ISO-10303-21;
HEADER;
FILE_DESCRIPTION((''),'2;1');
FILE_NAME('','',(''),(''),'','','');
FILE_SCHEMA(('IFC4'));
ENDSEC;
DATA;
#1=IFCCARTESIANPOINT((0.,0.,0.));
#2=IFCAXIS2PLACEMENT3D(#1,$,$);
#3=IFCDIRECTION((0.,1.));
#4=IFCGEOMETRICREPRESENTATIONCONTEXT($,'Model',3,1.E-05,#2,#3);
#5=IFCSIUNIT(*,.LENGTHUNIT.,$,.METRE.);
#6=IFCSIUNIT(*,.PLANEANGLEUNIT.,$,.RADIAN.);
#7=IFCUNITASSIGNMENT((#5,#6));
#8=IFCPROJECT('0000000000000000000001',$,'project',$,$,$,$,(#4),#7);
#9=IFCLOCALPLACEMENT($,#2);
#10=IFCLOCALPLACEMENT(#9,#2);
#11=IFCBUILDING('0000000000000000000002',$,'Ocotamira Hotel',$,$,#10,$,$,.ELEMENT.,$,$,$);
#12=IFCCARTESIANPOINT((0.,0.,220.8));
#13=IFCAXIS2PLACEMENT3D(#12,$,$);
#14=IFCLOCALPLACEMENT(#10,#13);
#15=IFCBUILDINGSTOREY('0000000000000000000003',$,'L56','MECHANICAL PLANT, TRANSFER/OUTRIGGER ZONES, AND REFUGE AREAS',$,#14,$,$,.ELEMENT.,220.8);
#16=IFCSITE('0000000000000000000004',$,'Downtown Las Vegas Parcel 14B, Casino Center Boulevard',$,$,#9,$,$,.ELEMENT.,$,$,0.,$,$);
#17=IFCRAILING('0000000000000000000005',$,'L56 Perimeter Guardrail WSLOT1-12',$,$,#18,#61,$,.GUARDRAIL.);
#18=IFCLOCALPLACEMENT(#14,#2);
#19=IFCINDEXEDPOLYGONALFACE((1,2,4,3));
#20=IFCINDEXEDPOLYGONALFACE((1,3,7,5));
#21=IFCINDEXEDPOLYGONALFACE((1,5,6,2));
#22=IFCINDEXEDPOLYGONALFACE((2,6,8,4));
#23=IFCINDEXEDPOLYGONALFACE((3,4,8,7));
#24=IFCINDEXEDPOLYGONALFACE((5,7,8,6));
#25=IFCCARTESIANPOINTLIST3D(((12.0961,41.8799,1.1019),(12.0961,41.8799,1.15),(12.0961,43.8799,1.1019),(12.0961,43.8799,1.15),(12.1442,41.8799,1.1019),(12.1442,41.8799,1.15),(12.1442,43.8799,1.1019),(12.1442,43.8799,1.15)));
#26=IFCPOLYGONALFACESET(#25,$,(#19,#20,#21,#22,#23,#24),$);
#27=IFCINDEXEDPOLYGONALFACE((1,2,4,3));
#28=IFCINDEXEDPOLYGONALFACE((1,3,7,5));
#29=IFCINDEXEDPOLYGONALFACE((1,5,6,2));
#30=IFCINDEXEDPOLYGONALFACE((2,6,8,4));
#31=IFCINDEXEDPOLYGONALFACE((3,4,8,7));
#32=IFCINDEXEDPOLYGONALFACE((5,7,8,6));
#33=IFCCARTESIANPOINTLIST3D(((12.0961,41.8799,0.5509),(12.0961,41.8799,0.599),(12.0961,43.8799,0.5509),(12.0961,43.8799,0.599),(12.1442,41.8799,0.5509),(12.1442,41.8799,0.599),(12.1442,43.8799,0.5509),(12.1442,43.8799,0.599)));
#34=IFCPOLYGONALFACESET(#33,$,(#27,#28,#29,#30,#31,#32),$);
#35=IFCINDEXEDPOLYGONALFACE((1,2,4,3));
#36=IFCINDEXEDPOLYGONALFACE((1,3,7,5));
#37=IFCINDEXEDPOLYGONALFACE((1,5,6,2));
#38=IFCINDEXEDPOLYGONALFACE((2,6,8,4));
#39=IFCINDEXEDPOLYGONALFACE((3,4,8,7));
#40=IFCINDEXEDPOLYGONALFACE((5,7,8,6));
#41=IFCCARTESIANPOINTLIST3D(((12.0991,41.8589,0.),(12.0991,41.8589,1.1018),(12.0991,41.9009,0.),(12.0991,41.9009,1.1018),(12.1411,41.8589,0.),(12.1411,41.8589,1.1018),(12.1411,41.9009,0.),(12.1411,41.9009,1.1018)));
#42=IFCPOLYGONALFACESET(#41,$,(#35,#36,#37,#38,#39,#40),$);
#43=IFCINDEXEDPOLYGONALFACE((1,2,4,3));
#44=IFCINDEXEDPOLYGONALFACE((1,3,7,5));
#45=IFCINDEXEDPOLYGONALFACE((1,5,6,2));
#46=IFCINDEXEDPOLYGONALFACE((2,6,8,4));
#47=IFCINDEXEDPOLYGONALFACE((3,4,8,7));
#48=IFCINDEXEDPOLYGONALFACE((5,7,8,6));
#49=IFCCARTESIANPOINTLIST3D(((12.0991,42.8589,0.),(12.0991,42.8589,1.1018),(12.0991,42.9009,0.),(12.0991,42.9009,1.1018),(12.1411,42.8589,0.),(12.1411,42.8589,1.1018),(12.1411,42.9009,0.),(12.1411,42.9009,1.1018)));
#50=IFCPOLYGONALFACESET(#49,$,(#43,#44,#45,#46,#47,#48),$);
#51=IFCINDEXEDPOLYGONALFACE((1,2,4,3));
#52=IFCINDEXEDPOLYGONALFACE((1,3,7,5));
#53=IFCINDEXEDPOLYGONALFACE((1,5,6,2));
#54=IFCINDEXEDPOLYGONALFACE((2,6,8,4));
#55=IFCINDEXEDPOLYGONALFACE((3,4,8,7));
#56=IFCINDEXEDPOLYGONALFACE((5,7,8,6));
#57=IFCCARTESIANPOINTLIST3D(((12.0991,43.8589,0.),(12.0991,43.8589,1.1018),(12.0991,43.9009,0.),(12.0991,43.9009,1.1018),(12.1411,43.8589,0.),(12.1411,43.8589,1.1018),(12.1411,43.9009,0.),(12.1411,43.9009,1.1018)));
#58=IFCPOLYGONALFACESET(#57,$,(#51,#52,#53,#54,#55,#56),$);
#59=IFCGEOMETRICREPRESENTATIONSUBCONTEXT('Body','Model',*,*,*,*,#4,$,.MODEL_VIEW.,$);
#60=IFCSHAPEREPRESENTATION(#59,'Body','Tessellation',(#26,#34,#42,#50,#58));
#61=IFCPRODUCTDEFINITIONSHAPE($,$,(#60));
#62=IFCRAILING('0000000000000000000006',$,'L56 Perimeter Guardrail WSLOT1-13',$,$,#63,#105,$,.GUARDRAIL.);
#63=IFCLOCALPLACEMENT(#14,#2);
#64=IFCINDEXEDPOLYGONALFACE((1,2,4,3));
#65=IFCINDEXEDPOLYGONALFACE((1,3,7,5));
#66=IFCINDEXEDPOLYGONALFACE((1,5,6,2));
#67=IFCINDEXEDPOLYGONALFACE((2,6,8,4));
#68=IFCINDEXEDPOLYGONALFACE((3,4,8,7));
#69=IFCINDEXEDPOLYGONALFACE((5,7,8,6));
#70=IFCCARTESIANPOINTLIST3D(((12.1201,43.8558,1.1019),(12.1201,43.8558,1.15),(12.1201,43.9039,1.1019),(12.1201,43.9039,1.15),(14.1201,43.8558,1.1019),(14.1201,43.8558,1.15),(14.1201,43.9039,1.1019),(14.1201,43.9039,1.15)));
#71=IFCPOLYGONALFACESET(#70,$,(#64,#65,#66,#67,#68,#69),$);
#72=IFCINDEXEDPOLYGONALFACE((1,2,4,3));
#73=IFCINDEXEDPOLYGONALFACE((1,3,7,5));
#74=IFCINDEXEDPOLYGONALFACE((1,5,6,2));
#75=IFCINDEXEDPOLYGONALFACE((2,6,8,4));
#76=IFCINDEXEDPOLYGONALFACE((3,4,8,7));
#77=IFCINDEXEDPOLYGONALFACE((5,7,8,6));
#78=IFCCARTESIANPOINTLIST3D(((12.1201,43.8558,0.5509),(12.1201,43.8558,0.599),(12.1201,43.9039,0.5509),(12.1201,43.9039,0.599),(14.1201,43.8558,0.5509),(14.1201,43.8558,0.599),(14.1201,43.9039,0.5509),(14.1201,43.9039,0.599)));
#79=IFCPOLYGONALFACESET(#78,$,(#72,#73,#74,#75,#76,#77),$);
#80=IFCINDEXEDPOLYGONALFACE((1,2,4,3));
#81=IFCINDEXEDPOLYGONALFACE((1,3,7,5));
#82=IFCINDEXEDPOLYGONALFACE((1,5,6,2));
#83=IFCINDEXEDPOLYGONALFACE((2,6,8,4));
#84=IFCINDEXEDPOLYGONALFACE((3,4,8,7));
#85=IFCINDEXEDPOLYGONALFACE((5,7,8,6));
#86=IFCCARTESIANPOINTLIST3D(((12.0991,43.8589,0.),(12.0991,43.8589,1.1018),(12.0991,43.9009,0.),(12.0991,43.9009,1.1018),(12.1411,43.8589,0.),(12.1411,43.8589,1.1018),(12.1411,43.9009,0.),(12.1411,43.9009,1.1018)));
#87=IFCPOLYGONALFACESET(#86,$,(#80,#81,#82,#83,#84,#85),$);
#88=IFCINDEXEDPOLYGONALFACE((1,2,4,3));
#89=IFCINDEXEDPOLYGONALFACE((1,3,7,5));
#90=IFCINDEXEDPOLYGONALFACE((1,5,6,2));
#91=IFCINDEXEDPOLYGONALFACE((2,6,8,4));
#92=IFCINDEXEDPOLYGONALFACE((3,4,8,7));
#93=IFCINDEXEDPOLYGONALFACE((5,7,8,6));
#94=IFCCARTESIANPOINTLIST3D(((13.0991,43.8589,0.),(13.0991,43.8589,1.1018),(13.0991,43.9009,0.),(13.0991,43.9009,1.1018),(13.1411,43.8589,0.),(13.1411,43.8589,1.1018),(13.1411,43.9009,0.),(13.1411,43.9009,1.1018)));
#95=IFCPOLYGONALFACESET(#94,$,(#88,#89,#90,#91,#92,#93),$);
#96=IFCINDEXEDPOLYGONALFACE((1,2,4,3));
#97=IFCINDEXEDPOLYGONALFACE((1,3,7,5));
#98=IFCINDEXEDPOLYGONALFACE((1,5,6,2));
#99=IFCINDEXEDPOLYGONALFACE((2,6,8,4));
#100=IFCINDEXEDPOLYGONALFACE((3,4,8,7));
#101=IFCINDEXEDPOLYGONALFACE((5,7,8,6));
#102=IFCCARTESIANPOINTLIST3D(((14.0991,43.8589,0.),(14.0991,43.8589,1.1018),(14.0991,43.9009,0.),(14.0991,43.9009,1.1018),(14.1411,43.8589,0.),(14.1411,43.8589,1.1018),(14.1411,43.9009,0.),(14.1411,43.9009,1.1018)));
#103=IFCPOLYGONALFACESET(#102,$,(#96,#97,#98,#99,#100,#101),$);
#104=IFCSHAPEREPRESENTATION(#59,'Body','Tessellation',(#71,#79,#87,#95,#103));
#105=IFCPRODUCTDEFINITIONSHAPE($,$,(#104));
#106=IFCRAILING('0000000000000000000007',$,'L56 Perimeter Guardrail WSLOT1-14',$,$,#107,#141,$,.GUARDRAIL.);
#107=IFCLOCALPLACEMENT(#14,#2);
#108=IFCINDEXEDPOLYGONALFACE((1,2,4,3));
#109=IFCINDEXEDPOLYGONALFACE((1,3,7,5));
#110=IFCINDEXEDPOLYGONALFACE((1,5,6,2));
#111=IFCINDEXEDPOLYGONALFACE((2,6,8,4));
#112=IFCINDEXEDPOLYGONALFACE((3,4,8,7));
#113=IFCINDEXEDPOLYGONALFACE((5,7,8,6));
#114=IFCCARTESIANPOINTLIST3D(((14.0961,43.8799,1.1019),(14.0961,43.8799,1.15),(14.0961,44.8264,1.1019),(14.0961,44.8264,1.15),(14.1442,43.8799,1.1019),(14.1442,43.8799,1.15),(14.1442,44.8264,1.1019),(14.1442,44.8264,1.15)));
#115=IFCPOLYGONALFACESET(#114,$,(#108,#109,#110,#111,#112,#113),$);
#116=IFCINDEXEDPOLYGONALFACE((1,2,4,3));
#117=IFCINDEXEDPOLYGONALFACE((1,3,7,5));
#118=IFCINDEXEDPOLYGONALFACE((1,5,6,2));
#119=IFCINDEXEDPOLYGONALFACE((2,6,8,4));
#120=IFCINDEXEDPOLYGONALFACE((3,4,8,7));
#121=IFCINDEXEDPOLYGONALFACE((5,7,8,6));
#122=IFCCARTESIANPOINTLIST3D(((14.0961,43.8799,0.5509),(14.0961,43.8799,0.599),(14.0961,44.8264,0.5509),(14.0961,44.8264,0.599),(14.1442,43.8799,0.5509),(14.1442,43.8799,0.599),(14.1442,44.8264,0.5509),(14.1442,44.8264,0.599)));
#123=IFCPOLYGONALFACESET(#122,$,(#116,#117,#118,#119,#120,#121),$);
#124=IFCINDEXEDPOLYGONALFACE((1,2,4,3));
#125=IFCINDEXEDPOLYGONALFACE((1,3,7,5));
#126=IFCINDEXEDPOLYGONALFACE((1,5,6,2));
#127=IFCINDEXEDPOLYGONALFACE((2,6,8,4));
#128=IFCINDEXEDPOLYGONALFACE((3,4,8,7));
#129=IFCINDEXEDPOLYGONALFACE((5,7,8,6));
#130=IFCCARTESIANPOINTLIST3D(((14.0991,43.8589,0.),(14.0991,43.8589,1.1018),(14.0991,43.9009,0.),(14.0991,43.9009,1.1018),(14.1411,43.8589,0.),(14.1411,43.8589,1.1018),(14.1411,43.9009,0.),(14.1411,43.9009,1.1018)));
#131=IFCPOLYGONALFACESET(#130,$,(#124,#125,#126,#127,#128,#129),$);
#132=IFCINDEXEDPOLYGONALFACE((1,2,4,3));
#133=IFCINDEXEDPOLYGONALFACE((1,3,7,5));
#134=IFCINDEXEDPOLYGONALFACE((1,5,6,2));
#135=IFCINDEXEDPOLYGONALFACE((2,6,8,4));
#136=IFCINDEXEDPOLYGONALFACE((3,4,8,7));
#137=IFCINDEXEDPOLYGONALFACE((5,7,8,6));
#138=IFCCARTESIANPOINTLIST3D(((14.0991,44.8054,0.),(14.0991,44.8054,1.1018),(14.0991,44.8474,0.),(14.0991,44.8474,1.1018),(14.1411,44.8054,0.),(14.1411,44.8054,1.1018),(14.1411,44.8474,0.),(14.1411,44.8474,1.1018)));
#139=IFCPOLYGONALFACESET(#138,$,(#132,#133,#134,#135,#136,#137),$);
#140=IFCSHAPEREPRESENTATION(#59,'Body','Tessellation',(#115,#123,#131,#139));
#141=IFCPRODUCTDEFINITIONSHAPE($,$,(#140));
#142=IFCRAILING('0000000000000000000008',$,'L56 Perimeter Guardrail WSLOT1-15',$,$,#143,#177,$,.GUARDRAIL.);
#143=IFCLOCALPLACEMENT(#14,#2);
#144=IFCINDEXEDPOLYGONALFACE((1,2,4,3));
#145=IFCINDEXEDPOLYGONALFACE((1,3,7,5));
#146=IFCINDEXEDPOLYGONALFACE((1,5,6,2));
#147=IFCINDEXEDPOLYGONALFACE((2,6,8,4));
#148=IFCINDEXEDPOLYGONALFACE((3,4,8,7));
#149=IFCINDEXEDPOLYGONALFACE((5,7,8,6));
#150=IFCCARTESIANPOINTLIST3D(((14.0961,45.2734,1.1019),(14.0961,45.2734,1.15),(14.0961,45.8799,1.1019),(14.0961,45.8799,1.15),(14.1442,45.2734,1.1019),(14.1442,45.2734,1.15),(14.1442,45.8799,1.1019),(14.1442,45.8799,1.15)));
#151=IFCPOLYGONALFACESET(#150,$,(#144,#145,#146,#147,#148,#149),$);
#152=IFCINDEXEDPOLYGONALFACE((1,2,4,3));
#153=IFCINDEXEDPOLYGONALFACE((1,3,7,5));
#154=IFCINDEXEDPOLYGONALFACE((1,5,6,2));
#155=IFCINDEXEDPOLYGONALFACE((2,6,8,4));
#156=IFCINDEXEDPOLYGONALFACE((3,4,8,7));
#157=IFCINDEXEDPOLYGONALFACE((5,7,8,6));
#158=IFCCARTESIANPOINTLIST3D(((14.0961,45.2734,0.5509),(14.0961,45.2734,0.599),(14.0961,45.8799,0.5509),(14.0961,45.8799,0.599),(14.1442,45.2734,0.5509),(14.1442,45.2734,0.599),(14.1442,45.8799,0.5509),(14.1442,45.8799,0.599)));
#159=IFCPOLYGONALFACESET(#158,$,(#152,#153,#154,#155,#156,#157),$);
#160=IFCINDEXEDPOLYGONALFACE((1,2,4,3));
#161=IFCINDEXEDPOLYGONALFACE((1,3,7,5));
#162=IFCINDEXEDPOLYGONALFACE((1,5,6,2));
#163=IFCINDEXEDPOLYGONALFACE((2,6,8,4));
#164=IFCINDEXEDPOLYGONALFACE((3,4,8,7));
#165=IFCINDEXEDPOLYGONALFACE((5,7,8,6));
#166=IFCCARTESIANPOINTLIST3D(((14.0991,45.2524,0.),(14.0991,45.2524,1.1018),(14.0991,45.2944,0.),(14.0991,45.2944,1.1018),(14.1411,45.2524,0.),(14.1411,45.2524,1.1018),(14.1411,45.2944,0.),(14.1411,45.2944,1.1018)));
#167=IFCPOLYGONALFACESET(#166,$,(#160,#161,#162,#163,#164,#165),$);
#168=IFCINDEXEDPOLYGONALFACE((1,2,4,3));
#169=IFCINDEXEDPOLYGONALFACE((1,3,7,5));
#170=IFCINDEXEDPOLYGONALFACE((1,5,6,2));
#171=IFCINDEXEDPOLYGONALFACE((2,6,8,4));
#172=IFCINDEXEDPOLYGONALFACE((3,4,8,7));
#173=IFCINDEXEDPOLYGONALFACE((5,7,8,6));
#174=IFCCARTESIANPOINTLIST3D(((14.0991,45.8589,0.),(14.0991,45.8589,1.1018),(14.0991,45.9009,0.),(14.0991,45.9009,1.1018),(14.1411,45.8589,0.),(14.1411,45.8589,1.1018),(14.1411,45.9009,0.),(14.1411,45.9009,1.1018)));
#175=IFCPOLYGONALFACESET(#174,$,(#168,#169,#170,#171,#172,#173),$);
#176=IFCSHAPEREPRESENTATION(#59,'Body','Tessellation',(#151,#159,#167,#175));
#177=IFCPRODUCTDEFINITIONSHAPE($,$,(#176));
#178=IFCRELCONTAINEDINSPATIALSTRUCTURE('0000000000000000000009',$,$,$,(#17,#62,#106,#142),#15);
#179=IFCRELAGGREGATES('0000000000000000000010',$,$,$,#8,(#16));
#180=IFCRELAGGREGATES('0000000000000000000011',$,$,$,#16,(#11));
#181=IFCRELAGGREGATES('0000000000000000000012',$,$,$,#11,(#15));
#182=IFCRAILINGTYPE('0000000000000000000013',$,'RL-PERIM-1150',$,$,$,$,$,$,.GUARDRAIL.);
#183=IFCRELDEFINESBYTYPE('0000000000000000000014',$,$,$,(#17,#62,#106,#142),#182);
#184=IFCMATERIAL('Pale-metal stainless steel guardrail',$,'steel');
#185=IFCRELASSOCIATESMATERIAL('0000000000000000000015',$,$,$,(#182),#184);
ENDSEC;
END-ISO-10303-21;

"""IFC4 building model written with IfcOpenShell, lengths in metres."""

from ifc_helpers import new_model, si_unit, direction, frame, origin, origin_2d, place, context, subcontext, project, spatial, rectangle, extrude, material, type_object, element, save


model = new_model("IFC4")

# Units and contexts
model_context = context("Model", 3, precision=1e-05, world=origin(), true_north=direction((0.0, 1.0)))
body_context = subcontext(model_context, "Body", "Model", "MODEL_VIEW")
ifc_project = project(units=[si_unit("LENGTHUNIT", "METRE"), si_unit("PLANEANGLEUNIT", "RADIAN")], contexts=[model_context])

# Site, building, storey
site_placement = place(None, origin())
site = spatial("IfcSite", under=ifc_project, at=site_placement, Name="Downtown Las Vegas Parcel 14B, Casino Center Boulevard", CompositionType="ELEMENT", RefElevation=0.0)
building_placement = place(site_placement, origin())
building = spatial("IfcBuilding", under=site, at=building_placement, Name="Ocotamira Hotel", CompositionType="ELEMENT")
storey_placement = place(building_placement, frame((0.0, 0.0, 220.8)))
storey = spatial("IfcBuildingStorey", under=building, at=storey_placement, Name="L56", Description="MECHANICAL PLANT, TRANSFER/OUTRIGGER ZONES, AND REFUGE AREAS", CompositionType="ELEMENT", Elevation=220.8)

# Railings
ifc_material_1 = material(Name="Pale-metal stainless steel guardrail", Category="steel")
railing_type = type_object("IfcRailingType", Name="RL-PERIM-1150", PredefinedType="GUARDRAIL", material=ifc_material_1)
railing_1_placement = place(storey_placement, frame((12.1201, 41.8799, 0.0)))
element("IfcRailing", 1, at=railing_1_placement, inside=storey, type_object=railing_type, Name="L56 Perimeter Guardrail WSLOT1-12", PredefinedType="GUARDRAIL", context=body_context, shape_type="SweptSolid", body=[
    extrude(rectangle(XDim=0.0481, YDim=0.0481, at=origin_2d()), frame((0.0, 0.0, 1.126), z_axis=(0.0, 1.0, 0.0), x_axis=(-1.0, 0.0, 0.0)), (0.0, 0.0, 1.0), 2.0),
    extrude(rectangle(XDim=0.0481, YDim=0.0481, at=origin_2d()), frame((0.0, 0.0, 0.575), z_axis=(0.0, 1.0, 0.0), x_axis=(-1.0, 0.0, 0.0)), (0.0, 0.0, 1.0), 2.0),
    extrude(rectangle(XDim=0.042, YDim=0.042, at=origin_2d()), origin(), (0.0, 0.0, 1.0), 1.1018),
    extrude(rectangle(XDim=0.042, YDim=0.042, at=origin_2d()), frame((0.0, 1.0, 0.0)), (0.0, 0.0, 1.0), 1.1018),
    extrude(rectangle(XDim=0.042, YDim=0.042, at=origin_2d()), frame((0.0, 2.0, 0.0)), (0.0, 0.0, 1.0), 1.1018),
])
railing_2_placement = place(storey_placement, frame((12.1201, 43.8799, 0.0)))
element("IfcRailing", 2, at=railing_2_placement, inside=storey, type_object=railing_type, Name="L56 Perimeter Guardrail WSLOT1-13", PredefinedType="GUARDRAIL", context=body_context, shape_type="SweptSolid", body=[
    extrude(rectangle(XDim=0.0481, YDim=0.0481, at=origin_2d()), frame((0.0, 0.0, 1.126), z_axis=(1.0, 0.0, 0.0), x_axis=(0.0, 1.0, 0.0)), (0.0, 0.0, 1.0), 2.0),
    extrude(rectangle(XDim=0.0481, YDim=0.0481, at=origin_2d()), frame((0.0, 0.0, 0.575), z_axis=(1.0, 0.0, 0.0), x_axis=(0.0, 1.0, 0.0)), (0.0, 0.0, 1.0), 2.0),
    extrude(rectangle(XDim=0.042, YDim=0.042, at=origin_2d()), origin(), (0.0, 0.0, 1.0), 1.1018),
    extrude(rectangle(XDim=0.042, YDim=0.042, at=origin_2d()), frame((1.0, 0.0, 0.0)), (0.0, 0.0, 1.0), 1.1018),
    extrude(rectangle(XDim=0.042, YDim=0.042, at=origin_2d()), frame((2.0, 0.0, 0.0)), (0.0, 0.0, 1.0), 1.1018),
])
railing_3_placement = place(storey_placement, frame((14.1201, 43.8799, 0.0)))
element("IfcRailing", 3, at=railing_3_placement, inside=storey, type_object=railing_type, Name="L56 Perimeter Guardrail WSLOT1-14", PredefinedType="GUARDRAIL", context=body_context, shape_type="SweptSolid", body=[
    extrude(rectangle(XDim=0.0481, YDim=0.0481, at=origin_2d()), frame((0.0, 0.0, 1.126), z_axis=(0.0, 1.0, 0.0), x_axis=(-1.0, 0.0, 0.0)), (0.0, 0.0, 1.0), 0.9465),
    extrude(rectangle(XDim=0.0481, YDim=0.0481, at=origin_2d()), frame((0.0, 0.0, 0.575), z_axis=(0.0, 1.0, 0.0), x_axis=(-1.0, 0.0, 0.0)), (0.0, 0.0, 1.0), 0.9465),
    extrude(rectangle(XDim=0.042, YDim=0.042, at=origin_2d()), origin(), (0.0, 0.0, 1.0), 1.1018),
    extrude(rectangle(XDim=0.042, YDim=0.042, at=origin_2d()), frame((0.0, 0.9465, 0.0)), (0.0, 0.0, 1.0), 1.1018),
])
railing_4_placement = place(storey_placement, frame((14.1201, 45.2734, 0.0)))
element("IfcRailing", 4, at=railing_4_placement, inside=storey, type_object=railing_type, Name="L56 Perimeter Guardrail WSLOT1-15", PredefinedType="GUARDRAIL", context=body_context, shape_type="SweptSolid", body=[
    extrude(rectangle(XDim=0.0481, YDim=0.0481, at=origin_2d()), frame((0.0, 0.0, 1.126), z_axis=(0.0, 1.0, 0.0), x_axis=(-1.0, 0.0, 0.0)), (0.0, 0.0, 1.0), 0.6064),
    extrude(rectangle(XDim=0.0481, YDim=0.0481, at=origin_2d()), frame((0.0, 0.0, 0.575), z_axis=(0.0, 1.0, 0.0), x_axis=(-1.0, 0.0, 0.0)), (0.0, 0.0, 1.0), 0.6064),
    extrude(rectangle(XDim=0.042, YDim=0.042, at=origin_2d()), origin(), (0.0, 0.0, 1.0), 1.1018),
    extrude(rectangle(XDim=0.042, YDim=0.042, at=origin_2d()), frame((0.0, 0.6064, 0.0)), (0.0, 0.0, 1.0), 1.1018),
])

save(model, "model.ifc")
